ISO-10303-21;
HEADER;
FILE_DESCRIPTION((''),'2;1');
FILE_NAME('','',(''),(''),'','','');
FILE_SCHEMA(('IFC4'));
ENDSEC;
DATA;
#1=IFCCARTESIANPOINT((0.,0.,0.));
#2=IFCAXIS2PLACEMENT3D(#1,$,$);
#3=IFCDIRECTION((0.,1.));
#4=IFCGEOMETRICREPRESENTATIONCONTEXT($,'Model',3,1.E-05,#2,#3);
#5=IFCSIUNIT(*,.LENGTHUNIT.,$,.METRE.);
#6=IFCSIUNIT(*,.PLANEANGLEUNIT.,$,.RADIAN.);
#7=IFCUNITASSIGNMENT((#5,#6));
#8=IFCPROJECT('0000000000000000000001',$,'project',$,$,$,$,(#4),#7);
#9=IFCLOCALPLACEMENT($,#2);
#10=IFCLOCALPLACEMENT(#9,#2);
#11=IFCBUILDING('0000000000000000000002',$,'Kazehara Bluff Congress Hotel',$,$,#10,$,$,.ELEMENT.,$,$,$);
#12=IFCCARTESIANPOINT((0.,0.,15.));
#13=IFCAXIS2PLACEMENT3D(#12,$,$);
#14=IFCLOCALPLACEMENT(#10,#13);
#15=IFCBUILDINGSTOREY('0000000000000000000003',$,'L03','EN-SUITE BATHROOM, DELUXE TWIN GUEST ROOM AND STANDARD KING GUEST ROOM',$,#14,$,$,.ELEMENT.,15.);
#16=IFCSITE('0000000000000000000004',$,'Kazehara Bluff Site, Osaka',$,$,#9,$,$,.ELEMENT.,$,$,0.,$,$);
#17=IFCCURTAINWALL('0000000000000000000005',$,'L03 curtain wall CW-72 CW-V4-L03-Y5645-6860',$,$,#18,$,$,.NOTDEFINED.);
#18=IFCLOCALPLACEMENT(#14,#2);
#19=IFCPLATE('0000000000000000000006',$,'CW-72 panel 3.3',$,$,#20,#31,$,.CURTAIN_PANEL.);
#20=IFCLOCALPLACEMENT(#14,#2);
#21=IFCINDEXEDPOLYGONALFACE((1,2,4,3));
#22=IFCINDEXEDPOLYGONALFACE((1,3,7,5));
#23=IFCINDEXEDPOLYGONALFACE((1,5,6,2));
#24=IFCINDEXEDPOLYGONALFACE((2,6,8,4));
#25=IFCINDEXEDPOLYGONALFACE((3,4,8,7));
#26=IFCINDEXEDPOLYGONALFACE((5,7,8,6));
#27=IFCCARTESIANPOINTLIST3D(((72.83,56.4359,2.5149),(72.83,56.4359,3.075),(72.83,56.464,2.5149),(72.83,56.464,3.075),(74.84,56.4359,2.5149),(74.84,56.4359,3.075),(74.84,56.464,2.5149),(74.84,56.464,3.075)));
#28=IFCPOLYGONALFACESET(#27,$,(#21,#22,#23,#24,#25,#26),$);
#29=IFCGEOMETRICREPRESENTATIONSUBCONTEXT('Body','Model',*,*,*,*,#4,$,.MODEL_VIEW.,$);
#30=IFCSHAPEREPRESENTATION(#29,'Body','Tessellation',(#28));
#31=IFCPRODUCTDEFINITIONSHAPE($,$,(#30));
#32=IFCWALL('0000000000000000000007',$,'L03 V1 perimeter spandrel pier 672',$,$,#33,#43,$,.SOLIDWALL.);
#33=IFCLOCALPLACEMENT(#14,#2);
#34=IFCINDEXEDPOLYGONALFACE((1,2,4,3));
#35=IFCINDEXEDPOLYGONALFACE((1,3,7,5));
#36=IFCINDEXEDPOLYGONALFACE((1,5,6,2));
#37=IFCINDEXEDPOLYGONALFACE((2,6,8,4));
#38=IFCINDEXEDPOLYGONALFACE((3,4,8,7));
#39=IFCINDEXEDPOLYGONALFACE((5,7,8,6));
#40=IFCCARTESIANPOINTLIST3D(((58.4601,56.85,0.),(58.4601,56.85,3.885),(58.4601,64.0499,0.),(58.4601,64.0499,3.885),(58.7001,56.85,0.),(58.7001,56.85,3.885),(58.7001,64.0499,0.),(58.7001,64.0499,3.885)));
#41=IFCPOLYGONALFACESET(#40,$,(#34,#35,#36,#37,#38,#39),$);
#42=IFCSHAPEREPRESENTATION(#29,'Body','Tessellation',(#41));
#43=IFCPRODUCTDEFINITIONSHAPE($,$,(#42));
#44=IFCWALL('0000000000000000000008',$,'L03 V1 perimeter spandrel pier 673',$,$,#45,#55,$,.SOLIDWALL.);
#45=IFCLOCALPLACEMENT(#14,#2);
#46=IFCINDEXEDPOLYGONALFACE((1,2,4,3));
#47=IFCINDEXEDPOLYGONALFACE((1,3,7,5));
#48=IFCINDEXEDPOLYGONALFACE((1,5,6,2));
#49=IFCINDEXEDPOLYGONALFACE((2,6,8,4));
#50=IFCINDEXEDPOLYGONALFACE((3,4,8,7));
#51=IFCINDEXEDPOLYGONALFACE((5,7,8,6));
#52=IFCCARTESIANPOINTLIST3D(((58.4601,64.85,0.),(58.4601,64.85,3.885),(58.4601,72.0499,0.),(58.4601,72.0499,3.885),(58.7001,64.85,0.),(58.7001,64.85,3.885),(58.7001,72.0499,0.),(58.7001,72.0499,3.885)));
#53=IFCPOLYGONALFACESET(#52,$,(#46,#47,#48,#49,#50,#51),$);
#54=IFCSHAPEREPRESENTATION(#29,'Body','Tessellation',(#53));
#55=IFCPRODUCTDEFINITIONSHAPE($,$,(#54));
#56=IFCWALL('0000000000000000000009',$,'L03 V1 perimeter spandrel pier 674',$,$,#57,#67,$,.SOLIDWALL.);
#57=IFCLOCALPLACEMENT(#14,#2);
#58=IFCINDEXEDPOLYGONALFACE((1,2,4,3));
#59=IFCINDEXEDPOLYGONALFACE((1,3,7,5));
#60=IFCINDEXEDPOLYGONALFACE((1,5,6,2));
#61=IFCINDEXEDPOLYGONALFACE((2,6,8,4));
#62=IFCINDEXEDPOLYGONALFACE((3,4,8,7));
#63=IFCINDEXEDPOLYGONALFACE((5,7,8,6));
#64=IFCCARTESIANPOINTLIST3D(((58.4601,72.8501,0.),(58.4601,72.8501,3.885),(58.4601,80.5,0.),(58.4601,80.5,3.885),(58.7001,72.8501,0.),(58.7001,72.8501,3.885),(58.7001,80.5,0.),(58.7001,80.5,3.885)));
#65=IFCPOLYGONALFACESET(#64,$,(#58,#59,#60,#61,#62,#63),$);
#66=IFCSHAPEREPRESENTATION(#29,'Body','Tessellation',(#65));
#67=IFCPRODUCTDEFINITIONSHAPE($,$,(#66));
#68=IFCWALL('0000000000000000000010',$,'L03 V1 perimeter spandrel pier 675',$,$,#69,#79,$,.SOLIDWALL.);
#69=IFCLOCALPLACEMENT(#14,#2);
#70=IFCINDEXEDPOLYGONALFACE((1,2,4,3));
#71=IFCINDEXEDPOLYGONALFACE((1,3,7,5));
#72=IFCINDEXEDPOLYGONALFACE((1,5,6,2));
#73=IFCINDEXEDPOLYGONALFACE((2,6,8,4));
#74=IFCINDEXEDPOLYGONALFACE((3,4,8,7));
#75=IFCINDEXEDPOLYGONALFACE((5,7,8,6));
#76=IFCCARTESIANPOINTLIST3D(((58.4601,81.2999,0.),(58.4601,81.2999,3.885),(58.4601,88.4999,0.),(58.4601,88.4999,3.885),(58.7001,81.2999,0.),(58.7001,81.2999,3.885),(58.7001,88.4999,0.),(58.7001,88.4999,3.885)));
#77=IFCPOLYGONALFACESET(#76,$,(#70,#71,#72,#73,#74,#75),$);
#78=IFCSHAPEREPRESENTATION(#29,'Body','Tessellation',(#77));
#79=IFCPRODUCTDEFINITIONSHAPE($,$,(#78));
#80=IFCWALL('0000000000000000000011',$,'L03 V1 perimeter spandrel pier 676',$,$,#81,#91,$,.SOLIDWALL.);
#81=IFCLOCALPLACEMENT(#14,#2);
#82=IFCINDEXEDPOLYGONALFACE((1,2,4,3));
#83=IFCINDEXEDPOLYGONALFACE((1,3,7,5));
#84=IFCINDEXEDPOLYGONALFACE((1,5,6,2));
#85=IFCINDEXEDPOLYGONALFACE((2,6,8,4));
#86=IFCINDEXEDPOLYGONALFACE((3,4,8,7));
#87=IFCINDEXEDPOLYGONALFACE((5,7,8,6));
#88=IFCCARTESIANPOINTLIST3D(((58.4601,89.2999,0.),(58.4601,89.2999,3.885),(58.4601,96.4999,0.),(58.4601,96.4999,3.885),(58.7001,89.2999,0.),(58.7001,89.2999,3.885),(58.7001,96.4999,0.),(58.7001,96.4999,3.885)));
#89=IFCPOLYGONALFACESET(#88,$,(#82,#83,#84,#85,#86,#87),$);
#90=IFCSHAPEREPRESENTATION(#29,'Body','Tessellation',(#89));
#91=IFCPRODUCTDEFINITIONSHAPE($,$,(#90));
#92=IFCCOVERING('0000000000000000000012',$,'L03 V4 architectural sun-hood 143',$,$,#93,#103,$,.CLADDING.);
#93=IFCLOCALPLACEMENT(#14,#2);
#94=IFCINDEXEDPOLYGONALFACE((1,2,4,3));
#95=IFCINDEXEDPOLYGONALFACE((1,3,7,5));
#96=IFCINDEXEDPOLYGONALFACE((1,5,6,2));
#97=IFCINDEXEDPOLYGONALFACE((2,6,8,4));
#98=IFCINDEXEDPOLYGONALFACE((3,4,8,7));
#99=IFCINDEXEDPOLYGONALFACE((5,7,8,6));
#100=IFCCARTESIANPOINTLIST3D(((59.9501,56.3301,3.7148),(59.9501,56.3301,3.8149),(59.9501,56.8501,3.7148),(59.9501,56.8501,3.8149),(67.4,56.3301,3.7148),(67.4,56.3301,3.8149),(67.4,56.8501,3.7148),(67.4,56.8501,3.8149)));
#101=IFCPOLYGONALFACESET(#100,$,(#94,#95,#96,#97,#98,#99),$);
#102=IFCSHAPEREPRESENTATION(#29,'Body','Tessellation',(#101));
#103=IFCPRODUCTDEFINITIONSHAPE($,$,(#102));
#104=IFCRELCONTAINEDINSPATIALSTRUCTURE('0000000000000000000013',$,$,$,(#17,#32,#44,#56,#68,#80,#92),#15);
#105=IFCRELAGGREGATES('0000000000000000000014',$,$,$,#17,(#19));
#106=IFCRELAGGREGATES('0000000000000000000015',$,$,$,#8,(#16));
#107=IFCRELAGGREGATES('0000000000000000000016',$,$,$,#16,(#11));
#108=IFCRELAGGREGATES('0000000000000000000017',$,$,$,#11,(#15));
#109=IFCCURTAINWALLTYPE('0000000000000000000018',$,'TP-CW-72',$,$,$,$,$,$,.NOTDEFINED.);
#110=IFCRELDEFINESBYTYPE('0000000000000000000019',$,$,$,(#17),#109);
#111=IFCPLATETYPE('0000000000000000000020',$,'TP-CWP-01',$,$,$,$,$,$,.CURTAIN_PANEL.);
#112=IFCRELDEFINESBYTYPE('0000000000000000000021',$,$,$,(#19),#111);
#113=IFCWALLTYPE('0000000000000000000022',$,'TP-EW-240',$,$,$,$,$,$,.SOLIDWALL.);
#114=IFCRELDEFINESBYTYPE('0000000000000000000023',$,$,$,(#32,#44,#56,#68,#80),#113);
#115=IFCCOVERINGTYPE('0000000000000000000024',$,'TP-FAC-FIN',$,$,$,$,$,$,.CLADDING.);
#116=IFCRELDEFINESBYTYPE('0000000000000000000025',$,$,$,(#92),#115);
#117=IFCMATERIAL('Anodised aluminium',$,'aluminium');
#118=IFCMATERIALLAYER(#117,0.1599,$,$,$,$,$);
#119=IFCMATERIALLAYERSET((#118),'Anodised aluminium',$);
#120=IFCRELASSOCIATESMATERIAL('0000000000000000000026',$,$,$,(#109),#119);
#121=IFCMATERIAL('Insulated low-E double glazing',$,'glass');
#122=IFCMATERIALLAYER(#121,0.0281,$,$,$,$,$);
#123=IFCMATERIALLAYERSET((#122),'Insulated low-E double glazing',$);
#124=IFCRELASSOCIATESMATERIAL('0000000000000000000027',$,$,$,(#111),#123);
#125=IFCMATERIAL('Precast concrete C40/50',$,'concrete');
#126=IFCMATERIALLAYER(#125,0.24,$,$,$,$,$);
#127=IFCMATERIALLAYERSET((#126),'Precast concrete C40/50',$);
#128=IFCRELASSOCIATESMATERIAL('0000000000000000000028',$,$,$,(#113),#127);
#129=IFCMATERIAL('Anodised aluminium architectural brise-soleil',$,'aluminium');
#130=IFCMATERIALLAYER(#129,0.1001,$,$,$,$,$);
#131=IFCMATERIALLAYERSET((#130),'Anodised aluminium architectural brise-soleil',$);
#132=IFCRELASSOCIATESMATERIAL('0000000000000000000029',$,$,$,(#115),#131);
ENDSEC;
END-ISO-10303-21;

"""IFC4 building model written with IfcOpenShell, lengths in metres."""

from ifc_helpers import new_model, si_unit, direction, frame, frame_2d, origin, origin_2d, place, context, subcontext, project, spatial, rectangle, extrude, material, layer, layer_set, type_object, element, aggregate, save


model = new_model("IFC4")

# Units and contexts
model_context = context("Model", 3, precision=1e-05, world=origin(), true_north=direction((0.0, 1.0)))
body_context = subcontext(model_context, "Body", "Model", "MODEL_VIEW")
ifc_project = project(units=[si_unit("LENGTHUNIT", "METRE"), si_unit("PLANEANGLEUNIT", "RADIAN")], contexts=[model_context])

# Site, building, storey
site_placement = place(None, origin())
site = spatial("IfcSite", under=ifc_project, at=site_placement, Name="Kazehara Bluff Site, Osaka", CompositionType="ELEMENT", RefElevation=0.0)
building_placement = place(site_placement, origin())
building = spatial("IfcBuilding", under=site, at=building_placement, Name="Kazehara Bluff Congress Hotel", CompositionType="ELEMENT")
storey_placement = place(building_placement, frame((0.0, 0.0, 15.0)))
storey = spatial("IfcBuildingStorey", under=building, at=storey_placement, Name="L03", Description="EN-SUITE BATHROOM, DELUXE TWIN GUEST ROOM AND STANDARD KING GUEST ROOM", CompositionType="ELEMENT", Elevation=15.0)

# Curtain wall
ifc_material_1 = material(Name="Anodised aluminium", Category="aluminium")
ifc_layer_1 = layer(ifc_material_1, 0.1599)
ifc_layer_set_1 = layer_set([ifc_layer_1], Name="Anodised aluminium")
curtain_wall_type = type_object("IfcCurtainWallType", Name="TP-CW-72", PredefinedType="NOTDEFINED", material=ifc_layer_set_1)
curtain_wall_placement = place(storey_placement, origin())
curtain_wall = element("IfcCurtainWall", 1, at=curtain_wall_placement, inside=storey, type_object=curtain_wall_type, Name="L03 curtain wall CW-72 CW-V4-L03-Y5645-6860", PredefinedType="NOTDEFINED")

# Plate
ifc_material_2 = material(Name="Insulated low-E double glazing", Category="glass")
ifc_layer_2 = layer(ifc_material_2, 0.0281)
ifc_layer_set_2 = layer_set([ifc_layer_2], Name="Insulated low-E double glazing")
plate_type = type_object("IfcPlateType", Name="TP-CWP-01", PredefinedType="CURTAIN_PANEL", material=ifc_layer_set_2)
plate_1_placement = place(storey_placement, frame((73.835, 56.45, 2.5149), z_axis=(0.0, 0.0, 1.0), x_axis=(1.0, 0.0, 0.0)))
plate_1 = element("IfcPlate", 2, at=plate_1_placement, type_object=plate_type, Name="CW-72 panel 3.3", PredefinedType="CURTAIN_PANEL", context=body_context, shape_type="SweptSolid", body=[
    extrude(rectangle(XDim=2.01, YDim=0.0281, at=origin_2d()), origin(), (0.0, 0.0, 1.0), 0.5601),
])
aggregate(curtain_wall, [plate_1])

# Walls
ifc_material_3 = material(Name="Precast concrete C40/50", Category="concrete")
ifc_layer_3 = layer(ifc_material_3, 0.24)
ifc_layer_set_3 = layer_set([ifc_layer_3], Name="Precast concrete C40/50")
wall_type = type_object("IfcWallType", Name="TP-EW-240", PredefinedType="SOLIDWALL", material=ifc_layer_set_3)
for number, where, z_axis, x_axis, name in (
    (3, (58.5801, 64.05, 0.0), (0.0, 0.0, 1.0), (0.0, -1.0, 0.0), "L03 V1 perimeter spandrel pier 672"),
    (4, (58.5801, 72.05, 0.0), (0.0, 0.0, 1.0), (0.0, -1.0, 0.0), "L03 V1 perimeter spandrel pier 673"),
):
    element("IfcWall", number, at=place(storey_placement, frame(where, z_axis=z_axis, x_axis=x_axis)), inside=storey, type_object=wall_type, Name=name, PredefinedType="SOLIDWALL", context=body_context, shape_type="SweptSolid", body=[
        extrude(rectangle(XDim=7.2, YDim=0.24, at=frame_2d((3.6001, 0.0))), origin(), (0.0, 0.0, 1.0), 3.885),
    ])
wall_placement = place(storey_placement, frame((58.5801, 80.5, 0.0), z_axis=(0.0, 0.0, 1.0), x_axis=(0.0, -1.0, 0.0)))
element("IfcWall", 5, at=wall_placement, inside=storey, type_object=wall_type, Name="L03 V1 perimeter spandrel pier 674", PredefinedType="SOLIDWALL", context=body_context, shape_type="SweptSolid", body=[
    extrude(rectangle(XDim=7.6499, YDim=0.24, at=frame_2d((3.825, 0.0))), origin(), (0.0, 0.0, 1.0), 3.885),
])
for number, where, z_axis, x_axis, name in (
    (6, (58.5801, 88.5, 0.0), (0.0, 0.0, 1.0), (0.0, -1.0, 0.0), "L03 V1 perimeter spandrel pier 675"),
    (7, (58.5801, 96.5, 0.0), (0.0, 0.0, 1.0), (0.0, -1.0, 0.0), "L03 V1 perimeter spandrel pier 676"),
):
    element("IfcWall", number, at=place(storey_placement, frame(where, z_axis=z_axis, x_axis=x_axis)), inside=storey, type_object=wall_type, Name=name, PredefinedType="SOLIDWALL", context=body_context, shape_type="SweptSolid", body=[
        extrude(rectangle(XDim=7.2, YDim=0.24, at=frame_2d((3.6001, 0.0))), origin(), (0.0, 0.0, 1.0), 3.885),
    ])

# Covering
ifc_material_4 = material(Name="Anodised aluminium architectural brise-soleil", Category="aluminium")
ifc_layer_4 = layer(ifc_material_4, 0.1001)
ifc_layer_set_4 = layer_set([ifc_layer_4], Name="Anodised aluminium architectural brise-soleil")
covering_type = type_object("IfcCoveringType", Name="TP-FAC-FIN", PredefinedType="CLADDING", material=ifc_layer_set_4)
covering_placement = place(storey_placement, frame((63.675, 56.5901, 3.7148), z_axis=(0.0, 0.0, 1.0), x_axis=(1.0, 0.0, 0.0)))
element("IfcCovering", 8, at=covering_placement, inside=storey, type_object=covering_type, Name="L03 V4 architectural sun-hood 143", PredefinedType="CLADDING", context=body_context, shape_type="SweptSolid", body=[
    extrude(rectangle(XDim=7.45, YDim=0.52, at=origin_2d()), origin(), (0.0, 0.0, 1.0), 0.1001),
])

save(model, "model.ifc")
